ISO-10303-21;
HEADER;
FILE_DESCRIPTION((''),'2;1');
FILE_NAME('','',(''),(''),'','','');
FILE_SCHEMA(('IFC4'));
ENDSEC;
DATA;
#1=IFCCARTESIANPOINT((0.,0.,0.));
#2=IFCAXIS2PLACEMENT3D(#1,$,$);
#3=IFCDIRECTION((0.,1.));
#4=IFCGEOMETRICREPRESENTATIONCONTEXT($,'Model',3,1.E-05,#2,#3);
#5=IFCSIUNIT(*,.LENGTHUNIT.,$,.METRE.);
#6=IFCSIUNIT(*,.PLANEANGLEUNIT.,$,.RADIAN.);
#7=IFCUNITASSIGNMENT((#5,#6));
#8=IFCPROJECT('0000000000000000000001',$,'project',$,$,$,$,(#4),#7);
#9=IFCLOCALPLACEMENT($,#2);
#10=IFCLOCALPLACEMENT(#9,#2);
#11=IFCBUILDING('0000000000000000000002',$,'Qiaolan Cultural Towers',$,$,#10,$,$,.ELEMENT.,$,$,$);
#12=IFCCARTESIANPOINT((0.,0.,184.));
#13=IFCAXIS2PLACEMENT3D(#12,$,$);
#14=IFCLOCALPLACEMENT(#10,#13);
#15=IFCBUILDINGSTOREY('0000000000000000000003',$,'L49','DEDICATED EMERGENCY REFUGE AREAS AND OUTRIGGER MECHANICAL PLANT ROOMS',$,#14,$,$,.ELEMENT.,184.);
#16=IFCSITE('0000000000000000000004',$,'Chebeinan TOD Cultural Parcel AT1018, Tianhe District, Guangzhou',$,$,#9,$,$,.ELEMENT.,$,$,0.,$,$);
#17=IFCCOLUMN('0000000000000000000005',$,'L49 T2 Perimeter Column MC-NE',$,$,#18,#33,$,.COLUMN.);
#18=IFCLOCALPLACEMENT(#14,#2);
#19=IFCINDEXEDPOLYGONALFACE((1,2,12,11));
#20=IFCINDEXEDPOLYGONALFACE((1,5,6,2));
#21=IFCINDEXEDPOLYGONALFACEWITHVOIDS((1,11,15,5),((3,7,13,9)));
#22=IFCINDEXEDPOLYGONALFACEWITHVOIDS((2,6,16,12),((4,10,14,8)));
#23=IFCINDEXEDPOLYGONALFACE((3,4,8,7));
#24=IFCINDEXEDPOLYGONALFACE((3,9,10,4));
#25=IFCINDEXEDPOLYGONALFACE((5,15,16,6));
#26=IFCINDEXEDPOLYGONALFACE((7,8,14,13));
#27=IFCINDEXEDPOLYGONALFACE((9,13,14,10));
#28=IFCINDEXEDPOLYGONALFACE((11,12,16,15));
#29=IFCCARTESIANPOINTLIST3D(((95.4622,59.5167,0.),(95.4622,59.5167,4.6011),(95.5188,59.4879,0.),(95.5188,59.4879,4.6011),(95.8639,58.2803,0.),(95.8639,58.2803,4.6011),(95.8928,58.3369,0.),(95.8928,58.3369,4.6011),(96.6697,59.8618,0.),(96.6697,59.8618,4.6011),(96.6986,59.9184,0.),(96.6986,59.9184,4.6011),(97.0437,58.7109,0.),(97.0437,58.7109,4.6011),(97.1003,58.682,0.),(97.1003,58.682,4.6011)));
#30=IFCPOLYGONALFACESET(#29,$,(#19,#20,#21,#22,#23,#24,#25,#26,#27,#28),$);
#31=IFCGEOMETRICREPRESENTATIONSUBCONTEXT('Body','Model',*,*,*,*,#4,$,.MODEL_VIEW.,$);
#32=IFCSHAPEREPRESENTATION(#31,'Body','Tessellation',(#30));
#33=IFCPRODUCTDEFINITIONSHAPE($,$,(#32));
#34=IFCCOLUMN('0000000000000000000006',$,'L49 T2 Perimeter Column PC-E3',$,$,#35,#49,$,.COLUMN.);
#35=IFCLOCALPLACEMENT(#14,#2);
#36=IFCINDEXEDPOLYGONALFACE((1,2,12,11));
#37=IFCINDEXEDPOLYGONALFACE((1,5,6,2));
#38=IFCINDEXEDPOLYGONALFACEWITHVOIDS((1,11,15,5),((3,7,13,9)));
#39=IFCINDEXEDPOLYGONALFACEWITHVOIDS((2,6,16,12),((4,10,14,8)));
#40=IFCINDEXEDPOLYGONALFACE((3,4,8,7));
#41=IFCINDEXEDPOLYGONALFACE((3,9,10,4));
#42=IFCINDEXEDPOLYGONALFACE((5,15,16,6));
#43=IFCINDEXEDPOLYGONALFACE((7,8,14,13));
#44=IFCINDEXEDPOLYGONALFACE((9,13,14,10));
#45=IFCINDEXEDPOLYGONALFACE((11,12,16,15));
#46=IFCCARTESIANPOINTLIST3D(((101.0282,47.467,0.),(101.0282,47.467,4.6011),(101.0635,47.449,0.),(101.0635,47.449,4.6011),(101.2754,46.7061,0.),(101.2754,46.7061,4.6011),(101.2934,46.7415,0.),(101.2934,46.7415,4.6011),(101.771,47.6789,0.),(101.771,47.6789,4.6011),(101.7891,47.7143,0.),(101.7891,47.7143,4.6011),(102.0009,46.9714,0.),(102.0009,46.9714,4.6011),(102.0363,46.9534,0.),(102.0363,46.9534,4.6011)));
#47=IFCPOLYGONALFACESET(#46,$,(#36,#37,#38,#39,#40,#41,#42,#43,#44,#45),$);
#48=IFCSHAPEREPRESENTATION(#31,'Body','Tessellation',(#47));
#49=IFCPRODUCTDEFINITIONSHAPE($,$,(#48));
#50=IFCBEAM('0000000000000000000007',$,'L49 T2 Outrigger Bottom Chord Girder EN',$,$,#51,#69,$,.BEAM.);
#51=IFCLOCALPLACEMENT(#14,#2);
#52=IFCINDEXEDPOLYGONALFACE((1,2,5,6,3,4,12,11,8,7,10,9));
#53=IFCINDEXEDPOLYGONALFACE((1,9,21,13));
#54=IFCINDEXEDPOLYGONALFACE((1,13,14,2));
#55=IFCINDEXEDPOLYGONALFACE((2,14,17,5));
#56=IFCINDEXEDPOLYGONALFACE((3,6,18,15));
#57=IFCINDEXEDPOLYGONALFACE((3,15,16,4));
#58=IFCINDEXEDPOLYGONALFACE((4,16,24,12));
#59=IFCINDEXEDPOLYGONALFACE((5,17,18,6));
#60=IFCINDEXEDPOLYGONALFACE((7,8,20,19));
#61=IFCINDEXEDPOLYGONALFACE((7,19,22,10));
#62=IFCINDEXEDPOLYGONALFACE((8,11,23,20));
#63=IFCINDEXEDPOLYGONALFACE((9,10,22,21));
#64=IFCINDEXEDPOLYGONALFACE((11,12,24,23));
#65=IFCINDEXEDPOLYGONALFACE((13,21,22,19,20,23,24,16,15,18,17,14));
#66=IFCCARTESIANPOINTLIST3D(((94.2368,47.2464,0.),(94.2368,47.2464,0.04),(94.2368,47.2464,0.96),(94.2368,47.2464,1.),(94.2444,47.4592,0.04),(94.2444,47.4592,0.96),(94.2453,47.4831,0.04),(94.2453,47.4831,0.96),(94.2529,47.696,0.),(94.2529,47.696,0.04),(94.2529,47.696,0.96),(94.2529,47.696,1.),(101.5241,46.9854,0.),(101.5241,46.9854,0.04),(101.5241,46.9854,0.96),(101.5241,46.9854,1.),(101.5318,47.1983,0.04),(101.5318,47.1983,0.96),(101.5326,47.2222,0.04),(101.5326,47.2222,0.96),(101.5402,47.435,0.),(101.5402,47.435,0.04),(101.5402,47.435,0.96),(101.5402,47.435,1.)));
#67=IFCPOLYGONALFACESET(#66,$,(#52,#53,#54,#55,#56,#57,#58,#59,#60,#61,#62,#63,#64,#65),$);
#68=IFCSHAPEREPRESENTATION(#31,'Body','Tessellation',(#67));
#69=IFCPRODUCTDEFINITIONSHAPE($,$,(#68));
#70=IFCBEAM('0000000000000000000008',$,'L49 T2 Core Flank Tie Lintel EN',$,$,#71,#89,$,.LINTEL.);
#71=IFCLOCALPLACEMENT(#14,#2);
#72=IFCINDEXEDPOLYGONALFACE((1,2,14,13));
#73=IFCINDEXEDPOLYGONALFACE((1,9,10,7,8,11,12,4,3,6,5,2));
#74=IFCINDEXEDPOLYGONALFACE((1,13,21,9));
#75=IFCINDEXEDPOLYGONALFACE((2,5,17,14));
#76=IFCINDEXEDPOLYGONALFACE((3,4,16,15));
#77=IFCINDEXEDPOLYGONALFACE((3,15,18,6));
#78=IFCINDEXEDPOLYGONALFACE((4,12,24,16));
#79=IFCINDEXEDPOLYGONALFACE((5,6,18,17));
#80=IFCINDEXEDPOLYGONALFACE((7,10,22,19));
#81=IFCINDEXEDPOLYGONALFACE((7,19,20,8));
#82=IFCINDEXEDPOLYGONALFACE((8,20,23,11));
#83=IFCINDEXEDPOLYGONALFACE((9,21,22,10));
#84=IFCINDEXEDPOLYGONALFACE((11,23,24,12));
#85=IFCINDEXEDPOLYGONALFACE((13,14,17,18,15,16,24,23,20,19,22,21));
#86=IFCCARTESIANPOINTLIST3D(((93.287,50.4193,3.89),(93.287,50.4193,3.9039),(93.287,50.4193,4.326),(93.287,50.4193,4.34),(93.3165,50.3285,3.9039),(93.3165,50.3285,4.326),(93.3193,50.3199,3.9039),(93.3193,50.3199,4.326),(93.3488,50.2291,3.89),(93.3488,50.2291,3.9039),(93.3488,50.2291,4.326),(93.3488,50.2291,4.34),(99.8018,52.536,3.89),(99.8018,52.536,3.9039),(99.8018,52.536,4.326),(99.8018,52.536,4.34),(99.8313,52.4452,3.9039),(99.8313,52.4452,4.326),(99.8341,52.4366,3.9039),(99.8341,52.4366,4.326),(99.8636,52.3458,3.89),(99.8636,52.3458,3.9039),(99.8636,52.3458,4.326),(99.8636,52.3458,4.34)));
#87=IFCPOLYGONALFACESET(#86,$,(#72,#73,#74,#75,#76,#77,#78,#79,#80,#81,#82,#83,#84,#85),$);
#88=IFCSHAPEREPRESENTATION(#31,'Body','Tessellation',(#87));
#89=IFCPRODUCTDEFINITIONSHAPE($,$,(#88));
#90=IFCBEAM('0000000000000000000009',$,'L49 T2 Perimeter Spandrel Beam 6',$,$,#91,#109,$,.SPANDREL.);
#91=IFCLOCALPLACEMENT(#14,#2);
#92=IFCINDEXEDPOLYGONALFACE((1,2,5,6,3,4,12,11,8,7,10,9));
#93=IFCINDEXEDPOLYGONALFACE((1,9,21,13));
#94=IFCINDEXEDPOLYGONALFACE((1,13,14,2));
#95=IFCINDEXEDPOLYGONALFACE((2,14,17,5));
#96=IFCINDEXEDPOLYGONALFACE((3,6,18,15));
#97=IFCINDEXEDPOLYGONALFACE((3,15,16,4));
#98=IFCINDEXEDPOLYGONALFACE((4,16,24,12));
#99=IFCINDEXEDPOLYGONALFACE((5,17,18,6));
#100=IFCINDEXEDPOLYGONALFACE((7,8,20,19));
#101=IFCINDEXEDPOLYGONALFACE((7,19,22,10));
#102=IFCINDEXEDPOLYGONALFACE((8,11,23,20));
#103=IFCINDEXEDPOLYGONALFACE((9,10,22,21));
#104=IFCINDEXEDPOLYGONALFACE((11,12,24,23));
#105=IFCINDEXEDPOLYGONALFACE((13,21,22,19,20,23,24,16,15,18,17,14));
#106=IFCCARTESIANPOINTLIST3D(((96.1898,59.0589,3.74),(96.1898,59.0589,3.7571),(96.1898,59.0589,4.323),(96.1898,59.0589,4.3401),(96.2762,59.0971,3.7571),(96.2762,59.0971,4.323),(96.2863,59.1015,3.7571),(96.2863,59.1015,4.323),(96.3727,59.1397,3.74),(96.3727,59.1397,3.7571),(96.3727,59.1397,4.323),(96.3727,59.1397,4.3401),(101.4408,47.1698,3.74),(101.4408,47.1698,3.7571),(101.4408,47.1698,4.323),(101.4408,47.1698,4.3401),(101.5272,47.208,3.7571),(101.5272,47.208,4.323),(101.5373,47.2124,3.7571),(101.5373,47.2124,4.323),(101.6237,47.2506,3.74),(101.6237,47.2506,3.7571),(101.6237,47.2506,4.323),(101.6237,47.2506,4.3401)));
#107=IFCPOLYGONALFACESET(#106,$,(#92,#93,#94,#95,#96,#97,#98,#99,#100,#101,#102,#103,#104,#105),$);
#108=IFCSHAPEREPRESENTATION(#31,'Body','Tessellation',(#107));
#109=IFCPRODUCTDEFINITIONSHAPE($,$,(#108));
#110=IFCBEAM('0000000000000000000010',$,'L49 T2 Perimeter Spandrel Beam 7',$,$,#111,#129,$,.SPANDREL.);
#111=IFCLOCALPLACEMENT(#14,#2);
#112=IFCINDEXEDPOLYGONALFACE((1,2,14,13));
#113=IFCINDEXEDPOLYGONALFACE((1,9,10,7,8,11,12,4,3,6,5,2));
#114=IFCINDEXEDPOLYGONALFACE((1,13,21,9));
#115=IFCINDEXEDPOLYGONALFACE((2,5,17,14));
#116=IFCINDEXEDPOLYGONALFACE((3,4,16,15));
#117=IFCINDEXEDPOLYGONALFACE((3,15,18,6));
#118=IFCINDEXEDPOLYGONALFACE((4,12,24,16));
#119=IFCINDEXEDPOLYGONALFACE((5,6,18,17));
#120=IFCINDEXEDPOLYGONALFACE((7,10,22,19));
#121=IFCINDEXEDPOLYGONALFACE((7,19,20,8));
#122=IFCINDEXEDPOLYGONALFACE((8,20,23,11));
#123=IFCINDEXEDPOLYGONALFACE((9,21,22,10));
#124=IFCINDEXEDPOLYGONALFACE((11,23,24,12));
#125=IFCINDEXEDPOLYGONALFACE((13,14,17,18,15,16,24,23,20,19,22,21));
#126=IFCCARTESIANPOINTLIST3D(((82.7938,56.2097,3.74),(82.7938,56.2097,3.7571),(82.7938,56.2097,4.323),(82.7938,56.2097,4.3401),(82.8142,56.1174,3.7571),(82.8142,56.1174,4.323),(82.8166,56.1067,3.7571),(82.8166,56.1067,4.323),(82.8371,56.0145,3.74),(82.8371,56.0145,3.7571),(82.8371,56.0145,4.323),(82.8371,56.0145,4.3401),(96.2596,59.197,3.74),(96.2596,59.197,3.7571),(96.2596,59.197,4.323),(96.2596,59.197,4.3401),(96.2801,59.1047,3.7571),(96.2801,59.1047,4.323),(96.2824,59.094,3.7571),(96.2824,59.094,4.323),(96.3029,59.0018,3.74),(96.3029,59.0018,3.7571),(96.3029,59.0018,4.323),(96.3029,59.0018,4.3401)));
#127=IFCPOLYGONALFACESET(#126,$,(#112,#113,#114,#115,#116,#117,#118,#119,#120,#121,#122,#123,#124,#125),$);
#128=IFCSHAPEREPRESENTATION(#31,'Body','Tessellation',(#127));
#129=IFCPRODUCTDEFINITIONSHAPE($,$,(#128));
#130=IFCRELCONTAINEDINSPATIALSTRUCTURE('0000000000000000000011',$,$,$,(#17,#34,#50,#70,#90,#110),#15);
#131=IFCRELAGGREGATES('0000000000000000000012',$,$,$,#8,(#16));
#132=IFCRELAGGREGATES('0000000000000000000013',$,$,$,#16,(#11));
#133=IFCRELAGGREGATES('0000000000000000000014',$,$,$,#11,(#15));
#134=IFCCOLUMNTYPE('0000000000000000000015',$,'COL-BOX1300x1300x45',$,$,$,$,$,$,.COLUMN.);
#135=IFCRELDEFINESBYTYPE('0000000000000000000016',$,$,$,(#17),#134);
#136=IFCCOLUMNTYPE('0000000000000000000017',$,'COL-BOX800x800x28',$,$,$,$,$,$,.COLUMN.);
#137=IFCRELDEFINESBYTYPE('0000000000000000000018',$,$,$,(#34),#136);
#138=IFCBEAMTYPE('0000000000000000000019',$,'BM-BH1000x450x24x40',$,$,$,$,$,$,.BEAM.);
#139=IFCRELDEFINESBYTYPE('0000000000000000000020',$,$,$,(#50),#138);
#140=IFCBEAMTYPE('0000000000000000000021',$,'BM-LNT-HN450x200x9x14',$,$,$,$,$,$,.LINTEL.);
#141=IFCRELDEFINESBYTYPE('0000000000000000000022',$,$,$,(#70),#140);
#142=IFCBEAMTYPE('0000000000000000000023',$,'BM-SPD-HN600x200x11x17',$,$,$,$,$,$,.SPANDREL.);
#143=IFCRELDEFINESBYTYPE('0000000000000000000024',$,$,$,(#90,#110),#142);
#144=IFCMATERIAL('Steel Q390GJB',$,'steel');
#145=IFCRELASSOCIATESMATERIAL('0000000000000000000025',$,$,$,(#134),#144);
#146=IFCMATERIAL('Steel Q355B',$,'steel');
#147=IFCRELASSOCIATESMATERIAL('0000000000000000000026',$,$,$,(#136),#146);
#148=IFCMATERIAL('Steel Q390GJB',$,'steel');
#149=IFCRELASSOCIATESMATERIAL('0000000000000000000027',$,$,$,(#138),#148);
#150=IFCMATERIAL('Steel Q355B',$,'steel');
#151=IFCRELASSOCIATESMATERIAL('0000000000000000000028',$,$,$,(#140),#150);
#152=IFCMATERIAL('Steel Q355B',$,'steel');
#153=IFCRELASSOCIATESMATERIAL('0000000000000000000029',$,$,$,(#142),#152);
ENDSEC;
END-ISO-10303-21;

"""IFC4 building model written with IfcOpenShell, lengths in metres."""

from ifc_helpers import new_model, si_unit, direction, frame, origin, origin_2d, place, context, subcontext, project, spatial, hollow_rectangle, i_section, extrude, material, material_profile, profile_set, type_object, element, save


model = new_model("IFC4")

# Units and contexts
model_context = context("Model", 3, precision=1e-05, world=origin(), true_north=direction((0.0, 1.0)))
body_context = subcontext(model_context, "Body", "Model", "MODEL_VIEW")
ifc_project = project(units=[si_unit("LENGTHUNIT", "METRE"), si_unit("PLANEANGLEUNIT", "RADIAN")], contexts=[model_context])

# Site, building, storey
site_placement = place(None, origin())
site = spatial("IfcSite", under=ifc_project, at=site_placement, Name="Chebeinan TOD Cultural Parcel AT1018, Tianhe District, Guangzhou", CompositionType="ELEMENT", RefElevation=0.0)
building_placement = place(site_placement, origin())
building = spatial("IfcBuilding", under=site, at=building_placement, Name="Qiaolan Cultural Towers", CompositionType="ELEMENT")
storey_placement = place(building_placement, frame((0.0, 0.0, 184.0)))
storey = spatial("IfcBuildingStorey", under=building, at=storey_placement, Name="L49", Description="DEDICATED EMERGENCY REFUGE AREAS AND OUTRIGGER MECHANICAL PLANT ROOMS", CompositionType="ELEMENT", Elevation=184.0)

# Columns
ifc_material_1 = material(Name="Steel Q390GJB", Category="steel")
ifc_material_profile_1 = material_profile(ifc_material_1, hollow_rectangle(XDim=1.3, YDim=1.3, WallThickness=0.0449, at=origin_2d()), Name="BOX1300x1300x45")
ifc_profile_set_1 = profile_set([ifc_material_profile_1], Name="Steel Q390GJB")
column_type_1 = type_object("IfcColumnType", Name="COL-BOX1300x1300x45", PredefinedType="COLUMN", material=ifc_profile_set_1)
column_1_placement = place(storey_placement, frame((96.2812, 59.0994, 0.0), z_axis=(0.0, 0.0, 1.0), x_axis=(0.951057, 0.309017, 0.0)))
element("IfcColumn", 1, at=column_1_placement, inside=storey, type_object=column_type_1, Name="L49 T2 Perimeter Column MC-NE", PredefinedType="COLUMN", context=body_context, shape_type="SweptSolid", body=[
    extrude(hollow_rectangle(XDim=1.3, YDim=1.3, WallThickness=0.0449, at=origin_2d()), origin(), (0.0, 0.0, 1.0), 4.6011),
])
ifc_material_2 = material(Name="Steel Q355B", Category="steel")
ifc_material_profile_2 = material_profile(ifc_material_2, hollow_rectangle(XDim=0.8, YDim=0.8, WallThickness=0.0281, at=origin_2d()), Name="BOX800x800x28")
ifc_profile_set_2 = profile_set([ifc_material_profile_2], Name="Steel Q355B")
column_type_2 = type_object("IfcColumnType", Name="COL-BOX800x800x28", PredefinedType="COLUMN", material=ifc_profile_set_2)
column_2_placement = place(storey_placement, frame((101.5322, 47.2102, 0.0), z_axis=(0.0, 0.0, 1.0), x_axis=(0.951057, 0.309017, 0.0)))
element("IfcColumn", 2, at=column_2_placement, inside=storey, type_object=column_type_2, Name="L49 T2 Perimeter Column PC-E3", PredefinedType="COLUMN", context=body_context, shape_type="SweptSolid", body=[
    extrude(hollow_rectangle(XDim=0.8, YDim=0.8, WallThickness=0.0281, at=origin_2d()), origin(), (0.0, 0.0, 1.0), 4.6011),
])

# Beams
ifc_material_3 = material(Name="Steel Q390GJB", Category="steel")
ifc_material_profile_3 = material_profile(ifc_material_3, i_section(OverallWidth=0.45, OverallDepth=1.0, WebThickness=0.0239, FlangeThickness=0.04, at=origin_2d()), Name="BH1000x450x24x40")
ifc_profile_set_3 = profile_set([ifc_material_profile_3], Name="Steel Q390GJB")
beam_type_1 = type_object("IfcBeamType", Name="BM-BH1000x450x24x40", PredefinedType="BEAM", material=ifc_profile_set_3)
beam_1_placement = place(storey_placement, frame((94.2449, 47.4712, 0.5), z_axis=(0.999359, -0.035791, 0.0), x_axis=(0.035791, 0.999359, 0.0)))
element("IfcBeam", 3, at=beam_1_placement, inside=storey, type_object=beam_type_1, Name="L49 T2 Outrigger Bottom Chord Girder EN", PredefinedType="BEAM", context=body_context, shape_type="SweptSolid", body=[
    extrude(i_section(OverallWidth=0.45, OverallDepth=1.0, WebThickness=0.0239, FlangeThickness=0.04, at=origin_2d()), origin(), (0.0, 0.0, 1.0), 7.292),
])
ifc_material_4 = material(Name="Steel Q355B", Category="steel")
ifc_material_profile_4 = material_profile(ifc_material_4, i_section(OverallWidth=0.2, OverallDepth=0.45, WebThickness=0.009, FlangeThickness=0.0139, at=origin_2d()), Name="HN450x200x9x14")
ifc_profile_set_4 = profile_set([ifc_material_profile_4], Name="Steel Q355B")
beam_type_2 = type_object("IfcBeamType", Name="BM-LNT-HN450x200x9x14", PredefinedType="LINTEL", material=ifc_profile_set_4)
beam_2_placement = place(storey_placement, frame((93.3179, 50.3242, 4.115), z_axis=(0.951062, 0.309001, 0.0), x_axis=(-0.309001, 0.951062, 0.0)))
element("IfcBeam", 4, at=beam_2_placement, inside=storey, type_object=beam_type_2, Name="L49 T2 Core Flank Tie Lintel EN", PredefinedType="LINTEL", context=body_context, shape_type="SweptSolid", body=[
    extrude(i_section(OverallWidth=0.2, OverallDepth=0.45, WebThickness=0.009, FlangeThickness=0.0139, at=origin_2d()), origin(), (0.0, 0.0, 1.0), 6.8501),
])
ifc_material_5 = material(Name="Steel Q355B", Category="steel")
ifc_material_profile_5 = material_profile(ifc_material_5, i_section(OverallWidth=0.2, OverallDepth=0.6001, WebThickness=0.011, FlangeThickness=0.0171, at=origin_2d()), Name="HN600x200x11x17")
ifc_profile_set_5 = profile_set([ifc_material_profile_5], Name="Steel Q355B")
beam_type_3 = type_object("IfcBeamType", Name="BM-SPD-HN600x200x11x17", PredefinedType="SPANDREL", material=ifc_profile_set_5)
beam_3_placement = place(storey_placement, frame((101.5322, 47.2102, 4.04), z_axis=(-0.404011, 0.914754, 0.0), x_axis=(-0.914754, -0.404011, 0.0)))
element("IfcBeam", 5, at=beam_3_placement, inside=storey, type_object=beam_type_3, Name="L49 T2 Perimeter Spandrel Beam 6", PredefinedType="SPANDREL", context=body_context, shape_type="SweptSolid", body=[
    extrude(i_section(OverallWidth=0.2, OverallDepth=0.6001, WebThickness=0.011, FlangeThickness=0.0171, at=origin_2d()), origin(), (0.0, 0.0, 1.0), 12.9971),
])
beam_4_placement = place(storey_placement, frame((96.2812, 59.0994, 4.04), z_axis=(-0.976265, -0.216578, 0.0), x_axis=(0.216578, -0.976265, 0.0)))
element("IfcBeam", 6, at=beam_4_placement, inside=storey, type_object=beam_type_3, Name="L49 T2 Perimeter Spandrel Beam 7", PredefinedType="SPANDREL", context=body_context, shape_type="SweptSolid", body=[
    extrude(i_section(OverallWidth=0.2, OverallDepth=0.6001, WebThickness=0.011, FlangeThickness=0.0171, at=origin_2d()), origin(), (0.0, 0.0, 1.0), 13.7932),
])

save(model, "model.ifc")
